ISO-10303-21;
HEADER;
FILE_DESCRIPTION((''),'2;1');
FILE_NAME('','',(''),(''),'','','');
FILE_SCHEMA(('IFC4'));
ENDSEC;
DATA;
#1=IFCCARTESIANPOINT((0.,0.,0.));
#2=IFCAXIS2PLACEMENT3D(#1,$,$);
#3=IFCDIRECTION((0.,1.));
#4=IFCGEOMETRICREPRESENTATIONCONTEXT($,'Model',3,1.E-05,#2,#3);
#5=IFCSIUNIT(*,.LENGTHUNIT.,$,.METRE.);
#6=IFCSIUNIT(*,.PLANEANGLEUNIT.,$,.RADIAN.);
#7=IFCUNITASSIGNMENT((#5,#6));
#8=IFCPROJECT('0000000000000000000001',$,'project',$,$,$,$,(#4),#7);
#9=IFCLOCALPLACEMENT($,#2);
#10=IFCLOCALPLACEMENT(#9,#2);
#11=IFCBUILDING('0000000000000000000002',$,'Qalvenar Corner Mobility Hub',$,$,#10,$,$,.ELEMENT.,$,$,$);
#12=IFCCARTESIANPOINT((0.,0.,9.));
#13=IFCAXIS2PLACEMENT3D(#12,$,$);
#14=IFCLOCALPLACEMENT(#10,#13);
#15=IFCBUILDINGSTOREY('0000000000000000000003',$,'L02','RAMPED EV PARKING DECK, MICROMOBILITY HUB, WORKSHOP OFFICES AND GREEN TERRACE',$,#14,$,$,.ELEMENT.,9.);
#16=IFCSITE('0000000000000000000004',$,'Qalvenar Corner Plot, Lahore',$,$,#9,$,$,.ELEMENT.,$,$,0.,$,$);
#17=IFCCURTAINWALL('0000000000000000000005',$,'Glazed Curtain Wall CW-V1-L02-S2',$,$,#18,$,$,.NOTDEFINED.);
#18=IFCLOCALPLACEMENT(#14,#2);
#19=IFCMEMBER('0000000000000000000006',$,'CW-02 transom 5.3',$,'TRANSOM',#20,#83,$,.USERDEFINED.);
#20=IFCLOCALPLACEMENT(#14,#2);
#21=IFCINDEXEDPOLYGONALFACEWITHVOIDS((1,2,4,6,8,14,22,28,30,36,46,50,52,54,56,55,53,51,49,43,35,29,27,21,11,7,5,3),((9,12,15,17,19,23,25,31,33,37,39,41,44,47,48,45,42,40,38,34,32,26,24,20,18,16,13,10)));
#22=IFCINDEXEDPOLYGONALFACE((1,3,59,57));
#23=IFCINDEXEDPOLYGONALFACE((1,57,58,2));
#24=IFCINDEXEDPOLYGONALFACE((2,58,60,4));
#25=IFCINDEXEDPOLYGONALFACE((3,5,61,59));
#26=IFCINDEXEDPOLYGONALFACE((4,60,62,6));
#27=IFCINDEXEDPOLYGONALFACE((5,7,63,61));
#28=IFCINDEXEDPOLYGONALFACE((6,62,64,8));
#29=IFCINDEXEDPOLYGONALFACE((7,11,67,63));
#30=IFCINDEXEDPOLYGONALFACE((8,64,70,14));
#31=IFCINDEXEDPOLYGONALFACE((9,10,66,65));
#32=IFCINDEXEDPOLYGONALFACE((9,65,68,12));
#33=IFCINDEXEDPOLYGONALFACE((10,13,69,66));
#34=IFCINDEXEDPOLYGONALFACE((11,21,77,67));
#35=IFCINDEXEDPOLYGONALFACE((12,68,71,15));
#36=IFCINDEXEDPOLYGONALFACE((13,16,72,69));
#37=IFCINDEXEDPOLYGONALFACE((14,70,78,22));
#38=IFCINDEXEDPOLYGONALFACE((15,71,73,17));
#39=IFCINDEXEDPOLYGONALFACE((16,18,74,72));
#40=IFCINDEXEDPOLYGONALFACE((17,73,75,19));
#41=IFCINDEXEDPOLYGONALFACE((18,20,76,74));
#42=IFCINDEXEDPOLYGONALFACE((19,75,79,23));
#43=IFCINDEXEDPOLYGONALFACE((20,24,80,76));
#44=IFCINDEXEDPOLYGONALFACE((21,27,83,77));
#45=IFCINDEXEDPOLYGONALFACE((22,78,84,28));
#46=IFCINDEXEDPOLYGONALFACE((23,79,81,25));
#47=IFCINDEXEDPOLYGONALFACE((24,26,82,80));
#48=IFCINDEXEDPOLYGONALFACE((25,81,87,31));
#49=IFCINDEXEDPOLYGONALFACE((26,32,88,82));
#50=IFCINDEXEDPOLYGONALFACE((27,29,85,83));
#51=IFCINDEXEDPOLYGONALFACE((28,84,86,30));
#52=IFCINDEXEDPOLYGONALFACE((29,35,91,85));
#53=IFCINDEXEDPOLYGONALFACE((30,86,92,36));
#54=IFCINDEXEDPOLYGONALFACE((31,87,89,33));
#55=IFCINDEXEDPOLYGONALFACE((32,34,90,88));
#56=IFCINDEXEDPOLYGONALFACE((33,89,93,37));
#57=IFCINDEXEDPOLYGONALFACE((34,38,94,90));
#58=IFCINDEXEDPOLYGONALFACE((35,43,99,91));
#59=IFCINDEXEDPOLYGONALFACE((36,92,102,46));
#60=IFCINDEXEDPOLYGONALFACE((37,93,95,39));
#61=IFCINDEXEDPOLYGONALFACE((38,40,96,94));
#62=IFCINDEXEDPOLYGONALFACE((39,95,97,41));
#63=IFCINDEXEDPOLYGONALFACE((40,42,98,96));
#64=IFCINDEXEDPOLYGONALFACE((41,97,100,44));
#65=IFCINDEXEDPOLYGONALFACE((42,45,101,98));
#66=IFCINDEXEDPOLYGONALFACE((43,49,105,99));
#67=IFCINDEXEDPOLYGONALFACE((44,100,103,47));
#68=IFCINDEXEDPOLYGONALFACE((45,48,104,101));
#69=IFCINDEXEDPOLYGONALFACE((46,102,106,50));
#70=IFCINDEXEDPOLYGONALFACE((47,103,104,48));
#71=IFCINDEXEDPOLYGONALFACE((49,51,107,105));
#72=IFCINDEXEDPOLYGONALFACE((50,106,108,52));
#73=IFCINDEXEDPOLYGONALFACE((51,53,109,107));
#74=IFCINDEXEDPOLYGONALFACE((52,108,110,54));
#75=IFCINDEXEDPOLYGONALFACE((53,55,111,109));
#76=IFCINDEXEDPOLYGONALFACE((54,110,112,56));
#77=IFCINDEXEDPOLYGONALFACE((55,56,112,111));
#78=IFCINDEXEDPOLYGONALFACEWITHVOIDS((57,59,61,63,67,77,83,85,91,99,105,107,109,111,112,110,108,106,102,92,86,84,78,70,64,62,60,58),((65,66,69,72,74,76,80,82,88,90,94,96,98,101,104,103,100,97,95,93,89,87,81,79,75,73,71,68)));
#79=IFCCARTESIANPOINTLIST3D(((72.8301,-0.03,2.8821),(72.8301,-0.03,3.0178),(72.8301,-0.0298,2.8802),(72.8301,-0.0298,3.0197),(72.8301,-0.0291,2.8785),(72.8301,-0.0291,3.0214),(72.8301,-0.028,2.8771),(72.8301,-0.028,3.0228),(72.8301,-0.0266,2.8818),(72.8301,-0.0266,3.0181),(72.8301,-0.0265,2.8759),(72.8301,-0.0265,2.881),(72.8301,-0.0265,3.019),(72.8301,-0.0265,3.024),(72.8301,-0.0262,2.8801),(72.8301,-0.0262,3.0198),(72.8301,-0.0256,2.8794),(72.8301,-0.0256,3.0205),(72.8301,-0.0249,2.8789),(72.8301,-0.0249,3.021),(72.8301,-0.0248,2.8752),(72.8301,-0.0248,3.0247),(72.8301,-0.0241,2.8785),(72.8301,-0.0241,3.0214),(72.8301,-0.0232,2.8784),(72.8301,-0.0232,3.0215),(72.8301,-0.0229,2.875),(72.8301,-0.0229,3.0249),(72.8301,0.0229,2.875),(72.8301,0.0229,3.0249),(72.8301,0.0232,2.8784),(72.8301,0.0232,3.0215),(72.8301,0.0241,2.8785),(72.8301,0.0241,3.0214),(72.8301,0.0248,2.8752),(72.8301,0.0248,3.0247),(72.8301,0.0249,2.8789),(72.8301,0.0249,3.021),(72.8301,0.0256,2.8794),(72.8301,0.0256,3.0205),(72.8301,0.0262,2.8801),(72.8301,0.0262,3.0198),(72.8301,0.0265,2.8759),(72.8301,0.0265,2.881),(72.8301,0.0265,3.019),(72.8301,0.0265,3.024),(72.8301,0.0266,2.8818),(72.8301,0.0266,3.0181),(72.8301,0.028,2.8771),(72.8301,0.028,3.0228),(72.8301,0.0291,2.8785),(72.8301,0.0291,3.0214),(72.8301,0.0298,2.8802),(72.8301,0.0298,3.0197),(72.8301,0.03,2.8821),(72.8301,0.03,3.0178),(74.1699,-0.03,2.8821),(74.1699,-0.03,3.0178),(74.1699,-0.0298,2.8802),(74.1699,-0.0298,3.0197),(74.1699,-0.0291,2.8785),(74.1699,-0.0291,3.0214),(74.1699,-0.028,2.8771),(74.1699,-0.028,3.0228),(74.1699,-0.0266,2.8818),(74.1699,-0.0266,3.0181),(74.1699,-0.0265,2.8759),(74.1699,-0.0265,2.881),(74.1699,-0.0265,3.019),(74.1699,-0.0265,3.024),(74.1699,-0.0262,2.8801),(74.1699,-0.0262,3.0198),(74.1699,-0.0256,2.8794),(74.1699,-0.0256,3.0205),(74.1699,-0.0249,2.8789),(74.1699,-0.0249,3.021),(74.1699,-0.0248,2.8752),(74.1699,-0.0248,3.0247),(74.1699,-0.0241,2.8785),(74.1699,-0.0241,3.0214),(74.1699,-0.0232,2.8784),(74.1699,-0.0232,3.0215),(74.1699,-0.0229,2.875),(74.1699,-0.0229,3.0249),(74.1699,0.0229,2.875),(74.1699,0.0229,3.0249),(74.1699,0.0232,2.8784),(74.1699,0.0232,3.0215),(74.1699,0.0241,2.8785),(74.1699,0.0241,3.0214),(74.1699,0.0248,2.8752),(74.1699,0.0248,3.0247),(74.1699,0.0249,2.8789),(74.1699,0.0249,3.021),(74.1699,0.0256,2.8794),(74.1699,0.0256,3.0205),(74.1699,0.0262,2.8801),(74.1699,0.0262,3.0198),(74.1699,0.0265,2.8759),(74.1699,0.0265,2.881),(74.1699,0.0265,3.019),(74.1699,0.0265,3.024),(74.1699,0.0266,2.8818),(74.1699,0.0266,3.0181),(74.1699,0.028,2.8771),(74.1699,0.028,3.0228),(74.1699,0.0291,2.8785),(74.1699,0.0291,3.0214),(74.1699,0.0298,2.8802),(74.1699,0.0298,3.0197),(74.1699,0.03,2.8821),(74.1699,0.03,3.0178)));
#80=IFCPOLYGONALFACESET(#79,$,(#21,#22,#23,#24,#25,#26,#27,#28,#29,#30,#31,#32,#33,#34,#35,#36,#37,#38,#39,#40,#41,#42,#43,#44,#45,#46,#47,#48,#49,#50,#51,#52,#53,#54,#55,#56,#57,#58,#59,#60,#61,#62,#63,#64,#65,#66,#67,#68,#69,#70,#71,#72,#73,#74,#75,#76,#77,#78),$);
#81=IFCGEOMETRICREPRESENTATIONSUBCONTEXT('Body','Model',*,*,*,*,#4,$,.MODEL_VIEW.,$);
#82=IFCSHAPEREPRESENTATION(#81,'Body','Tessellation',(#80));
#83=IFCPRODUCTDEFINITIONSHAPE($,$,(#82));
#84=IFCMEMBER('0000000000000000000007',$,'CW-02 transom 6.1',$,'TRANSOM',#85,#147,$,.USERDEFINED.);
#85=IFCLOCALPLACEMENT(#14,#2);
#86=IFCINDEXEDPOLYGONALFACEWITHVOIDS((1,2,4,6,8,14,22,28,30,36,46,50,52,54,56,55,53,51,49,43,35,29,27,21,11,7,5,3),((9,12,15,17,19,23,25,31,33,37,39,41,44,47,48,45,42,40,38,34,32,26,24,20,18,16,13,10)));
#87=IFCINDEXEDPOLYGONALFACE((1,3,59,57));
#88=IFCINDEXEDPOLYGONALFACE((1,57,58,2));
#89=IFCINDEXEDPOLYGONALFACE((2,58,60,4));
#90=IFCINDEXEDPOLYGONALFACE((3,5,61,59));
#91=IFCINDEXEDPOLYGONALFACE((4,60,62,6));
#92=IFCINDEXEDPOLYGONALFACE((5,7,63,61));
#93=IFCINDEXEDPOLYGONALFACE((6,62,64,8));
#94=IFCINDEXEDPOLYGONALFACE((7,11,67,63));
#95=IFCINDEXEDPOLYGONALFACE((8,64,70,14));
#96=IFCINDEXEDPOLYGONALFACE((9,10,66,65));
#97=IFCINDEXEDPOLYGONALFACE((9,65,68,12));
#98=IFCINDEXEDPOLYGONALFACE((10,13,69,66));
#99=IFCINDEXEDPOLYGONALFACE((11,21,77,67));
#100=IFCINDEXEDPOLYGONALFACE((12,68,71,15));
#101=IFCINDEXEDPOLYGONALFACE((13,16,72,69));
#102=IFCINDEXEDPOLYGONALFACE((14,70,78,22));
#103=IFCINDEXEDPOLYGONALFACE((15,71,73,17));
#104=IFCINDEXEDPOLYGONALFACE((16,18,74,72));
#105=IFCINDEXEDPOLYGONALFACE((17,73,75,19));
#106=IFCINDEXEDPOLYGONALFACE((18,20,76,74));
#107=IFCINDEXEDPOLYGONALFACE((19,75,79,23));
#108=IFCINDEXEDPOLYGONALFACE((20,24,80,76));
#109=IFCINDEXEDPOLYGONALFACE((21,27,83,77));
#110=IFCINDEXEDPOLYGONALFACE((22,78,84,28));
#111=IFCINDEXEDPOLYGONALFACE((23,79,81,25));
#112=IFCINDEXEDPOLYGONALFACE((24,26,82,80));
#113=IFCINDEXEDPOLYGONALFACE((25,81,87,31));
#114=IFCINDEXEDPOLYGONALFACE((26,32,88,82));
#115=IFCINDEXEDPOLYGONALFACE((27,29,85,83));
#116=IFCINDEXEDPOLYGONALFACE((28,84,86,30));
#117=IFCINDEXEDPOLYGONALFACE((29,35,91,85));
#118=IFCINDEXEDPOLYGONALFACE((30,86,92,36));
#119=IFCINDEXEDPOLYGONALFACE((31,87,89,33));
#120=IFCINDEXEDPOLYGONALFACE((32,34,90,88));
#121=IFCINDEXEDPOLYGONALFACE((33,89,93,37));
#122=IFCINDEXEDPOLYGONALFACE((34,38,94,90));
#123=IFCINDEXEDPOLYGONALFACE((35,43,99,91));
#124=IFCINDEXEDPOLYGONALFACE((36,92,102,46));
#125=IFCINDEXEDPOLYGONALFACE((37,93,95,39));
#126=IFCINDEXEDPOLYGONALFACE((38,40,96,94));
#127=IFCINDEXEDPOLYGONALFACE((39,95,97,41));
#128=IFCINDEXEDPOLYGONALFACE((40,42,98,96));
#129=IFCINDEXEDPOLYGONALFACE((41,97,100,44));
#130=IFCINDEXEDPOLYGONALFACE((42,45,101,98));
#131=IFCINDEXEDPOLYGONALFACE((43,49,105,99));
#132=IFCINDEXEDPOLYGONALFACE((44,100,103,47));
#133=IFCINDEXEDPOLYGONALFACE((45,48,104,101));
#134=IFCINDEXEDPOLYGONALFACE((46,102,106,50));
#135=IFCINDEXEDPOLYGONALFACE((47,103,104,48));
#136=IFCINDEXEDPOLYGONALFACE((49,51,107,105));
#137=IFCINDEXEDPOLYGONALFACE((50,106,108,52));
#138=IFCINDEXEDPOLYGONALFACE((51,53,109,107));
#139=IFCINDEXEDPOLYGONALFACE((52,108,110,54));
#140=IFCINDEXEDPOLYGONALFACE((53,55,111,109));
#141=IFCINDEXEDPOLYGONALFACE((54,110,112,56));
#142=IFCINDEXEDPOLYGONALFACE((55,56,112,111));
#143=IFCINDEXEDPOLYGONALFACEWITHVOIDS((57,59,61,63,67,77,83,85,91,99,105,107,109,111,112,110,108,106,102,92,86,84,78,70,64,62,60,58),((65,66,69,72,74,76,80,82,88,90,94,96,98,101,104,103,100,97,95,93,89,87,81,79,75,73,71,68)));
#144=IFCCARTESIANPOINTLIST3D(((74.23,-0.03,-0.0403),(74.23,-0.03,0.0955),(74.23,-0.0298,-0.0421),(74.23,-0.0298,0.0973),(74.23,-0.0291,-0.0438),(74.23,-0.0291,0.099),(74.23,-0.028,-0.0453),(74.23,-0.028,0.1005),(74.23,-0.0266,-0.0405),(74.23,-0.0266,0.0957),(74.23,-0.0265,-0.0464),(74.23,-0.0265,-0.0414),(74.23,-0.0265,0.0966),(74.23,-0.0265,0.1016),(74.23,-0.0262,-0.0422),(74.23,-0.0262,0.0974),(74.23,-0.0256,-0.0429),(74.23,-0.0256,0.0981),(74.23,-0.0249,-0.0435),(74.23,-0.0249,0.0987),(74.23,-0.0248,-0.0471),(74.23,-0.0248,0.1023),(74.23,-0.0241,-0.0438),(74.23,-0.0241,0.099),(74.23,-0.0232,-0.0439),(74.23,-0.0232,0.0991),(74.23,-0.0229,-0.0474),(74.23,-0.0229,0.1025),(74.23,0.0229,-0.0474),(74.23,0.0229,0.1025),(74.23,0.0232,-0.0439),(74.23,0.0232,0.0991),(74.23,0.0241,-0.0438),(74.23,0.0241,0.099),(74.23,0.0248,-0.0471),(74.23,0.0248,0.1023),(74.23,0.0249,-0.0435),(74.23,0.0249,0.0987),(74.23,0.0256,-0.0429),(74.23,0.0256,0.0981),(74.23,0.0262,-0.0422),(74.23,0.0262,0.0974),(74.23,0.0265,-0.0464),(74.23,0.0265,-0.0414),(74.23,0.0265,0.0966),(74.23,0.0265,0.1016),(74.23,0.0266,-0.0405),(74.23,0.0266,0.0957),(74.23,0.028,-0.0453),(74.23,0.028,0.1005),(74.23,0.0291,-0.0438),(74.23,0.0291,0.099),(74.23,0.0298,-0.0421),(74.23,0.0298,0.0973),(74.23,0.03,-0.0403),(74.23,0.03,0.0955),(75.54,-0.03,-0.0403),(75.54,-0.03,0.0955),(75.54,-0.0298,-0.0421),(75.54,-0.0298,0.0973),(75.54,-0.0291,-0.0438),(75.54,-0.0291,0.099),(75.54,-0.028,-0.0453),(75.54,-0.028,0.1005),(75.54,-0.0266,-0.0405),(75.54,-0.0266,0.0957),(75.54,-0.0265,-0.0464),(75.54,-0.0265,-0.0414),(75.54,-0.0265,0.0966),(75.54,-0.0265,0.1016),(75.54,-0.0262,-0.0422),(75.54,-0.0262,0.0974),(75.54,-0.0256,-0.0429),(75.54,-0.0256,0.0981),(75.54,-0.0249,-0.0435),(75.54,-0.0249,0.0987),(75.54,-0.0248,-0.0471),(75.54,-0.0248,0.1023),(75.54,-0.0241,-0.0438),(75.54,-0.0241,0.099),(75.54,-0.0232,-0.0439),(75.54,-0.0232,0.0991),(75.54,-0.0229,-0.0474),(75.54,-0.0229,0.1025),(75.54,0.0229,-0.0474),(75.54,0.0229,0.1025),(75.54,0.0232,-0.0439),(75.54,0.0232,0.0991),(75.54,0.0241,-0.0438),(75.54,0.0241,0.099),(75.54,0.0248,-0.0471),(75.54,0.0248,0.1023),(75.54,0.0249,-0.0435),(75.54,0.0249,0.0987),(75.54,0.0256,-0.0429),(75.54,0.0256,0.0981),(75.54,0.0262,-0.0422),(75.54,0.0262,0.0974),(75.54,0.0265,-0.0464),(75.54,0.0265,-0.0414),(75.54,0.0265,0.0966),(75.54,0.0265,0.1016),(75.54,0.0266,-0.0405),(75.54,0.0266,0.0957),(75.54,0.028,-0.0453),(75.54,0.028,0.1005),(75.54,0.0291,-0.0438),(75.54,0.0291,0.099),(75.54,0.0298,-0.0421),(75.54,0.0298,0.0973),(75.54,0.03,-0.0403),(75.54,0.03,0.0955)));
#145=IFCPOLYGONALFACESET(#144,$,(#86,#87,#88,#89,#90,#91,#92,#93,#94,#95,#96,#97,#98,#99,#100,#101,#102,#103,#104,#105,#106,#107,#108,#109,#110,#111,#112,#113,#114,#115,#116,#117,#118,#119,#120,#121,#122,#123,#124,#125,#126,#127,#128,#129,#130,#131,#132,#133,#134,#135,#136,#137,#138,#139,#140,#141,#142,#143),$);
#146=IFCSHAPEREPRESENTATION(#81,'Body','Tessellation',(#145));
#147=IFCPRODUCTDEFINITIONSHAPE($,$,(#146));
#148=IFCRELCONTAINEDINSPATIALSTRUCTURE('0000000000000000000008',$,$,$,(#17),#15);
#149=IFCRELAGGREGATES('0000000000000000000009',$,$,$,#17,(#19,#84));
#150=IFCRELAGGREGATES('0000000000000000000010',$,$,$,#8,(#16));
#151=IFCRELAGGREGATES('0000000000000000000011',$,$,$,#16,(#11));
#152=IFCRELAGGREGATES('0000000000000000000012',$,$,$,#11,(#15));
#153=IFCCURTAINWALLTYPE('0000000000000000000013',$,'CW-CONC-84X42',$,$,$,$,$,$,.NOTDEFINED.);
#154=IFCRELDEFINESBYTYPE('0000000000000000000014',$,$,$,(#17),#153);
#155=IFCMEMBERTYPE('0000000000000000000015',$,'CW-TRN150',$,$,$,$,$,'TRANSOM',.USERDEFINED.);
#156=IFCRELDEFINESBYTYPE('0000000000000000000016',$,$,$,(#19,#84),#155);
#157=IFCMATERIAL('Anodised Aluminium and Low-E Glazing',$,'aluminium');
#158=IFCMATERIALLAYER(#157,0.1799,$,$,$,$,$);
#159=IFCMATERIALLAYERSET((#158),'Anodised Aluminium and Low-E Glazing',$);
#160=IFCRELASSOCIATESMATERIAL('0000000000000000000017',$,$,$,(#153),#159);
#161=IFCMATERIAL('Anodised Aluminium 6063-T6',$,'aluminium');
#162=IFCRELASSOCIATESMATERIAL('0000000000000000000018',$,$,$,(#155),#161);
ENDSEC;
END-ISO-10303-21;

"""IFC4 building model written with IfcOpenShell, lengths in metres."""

from ifc_helpers import new_model, si_unit, direction, frame, origin, origin_2d, place, context, subcontext, project, spatial, hollow_rectangle, extrude, material, layer, layer_set, material_profile, profile_set, type_object, element, aggregate, save


model = new_model("IFC4")

# Units and contexts
model_context = context("Model", 3, precision=1e-05, world=origin(), true_north=direction((0.0, 1.0)))
body_context = subcontext(model_context, "Body", "Model", "MODEL_VIEW")
ifc_project = project(units=[si_unit("LENGTHUNIT", "METRE"), si_unit("PLANEANGLEUNIT", "RADIAN")], contexts=[model_context])

# Site, building, storey
site_placement = place(None, origin())
site = spatial("IfcSite", under=ifc_project, at=site_placement, Name="Qalvenar Corner Plot, Lahore", CompositionType="ELEMENT", RefElevation=0.0)
building_placement = place(site_placement, origin())
building = spatial("IfcBuilding", under=site, at=building_placement, Name="Qalvenar Corner Mobility Hub", CompositionType="ELEMENT")
storey_placement = place(building_placement, frame((0.0, 0.0, 9.0)))
storey = spatial("IfcBuildingStorey", under=building, at=storey_placement, Name="L02", Description="RAMPED EV PARKING DECK, MICROMOBILITY HUB, WORKSHOP OFFICES AND GREEN TERRACE", CompositionType="ELEMENT", Elevation=9.0)

# Curtain wall, members
ifc_material_1 = material(Name="Anodised Aluminium and Low-E Glazing", Category="aluminium")
ifc_layer_1 = layer(ifc_material_1, 0.1799)
ifc_layer_set_1 = layer_set([ifc_layer_1], Name="Anodised Aluminium and Low-E Glazing")
curtain_wall_type = type_object("IfcCurtainWallType", Name="CW-CONC-84X42", PredefinedType="NOTDEFINED", material=ifc_layer_set_1)
curtain_wall_placement = place(storey_placement, origin())
curtain_wall = element("IfcCurtainWall", 1, at=curtain_wall_placement, inside=storey, type_object=curtain_wall_type, Name="Glazed Curtain Wall CW-V1-L02-S2", PredefinedType="NOTDEFINED")
ifc_material_2 = material(Name="Anodised Aluminium 6063-T6", Category="aluminium")
ifc_material_profile_1 = material_profile(ifc_material_2, hollow_rectangle(XDim=0.0601, YDim=0.1499, WallThickness=0.0034, InnerFilletRadius=0.0034, OuterFilletRadius=0.0071, at=origin_2d()), Name="RHS150x60x3.5")
ifc_profile_set_1 = profile_set([ifc_material_profile_1], Name="Anodised Aluminium 6063-T6")
member_type_1 = type_object("IfcMemberType", Name="CW-TRN150", ElementType="TRANSOM", PredefinedType="USERDEFINED", material=ifc_profile_set_1)
member_1_placement = place(storey_placement, frame((72.8301, 0.0, 2.95), z_axis=(1.0, 0.0, 0.0), x_axis=(0.0, 1.0, 0.0)))
member_1 = element("IfcMember", 2, at=member_1_placement, type_object=member_type_1, Name="CW-02 transom 5.3", ObjectType="TRANSOM", PredefinedType="USERDEFINED", context=body_context, shape_type="SweptSolid", body=[
    extrude(hollow_rectangle(XDim=0.0601, YDim=0.1499, WallThickness=0.0034, InnerFilletRadius=0.0034, OuterFilletRadius=0.0071, at=origin_2d()), origin(), (0.0, 0.0, 1.0), 1.3398),
])
member_2_placement = place(storey_placement, frame((74.23, 0.0, 0.0276), z_axis=(1.0, 0.0, 0.0), x_axis=(0.0, 1.0, 0.0)))
member_2 = element("IfcMember", 3, at=member_2_placement, type_object=member_type_1, Name="CW-02 transom 6.1", ObjectType="TRANSOM", PredefinedType="USERDEFINED", context=body_context, shape_type="SweptSolid", body=[
    extrude(hollow_rectangle(XDim=0.0601, YDim=0.1499, WallThickness=0.0034, InnerFilletRadius=0.0034, OuterFilletRadius=0.0071, at=origin_2d()), origin(), (0.0, 0.0, 1.0), 1.3101),
])
aggregate(curtain_wall, [member_1, member_2])

save(model, "model.ifc")
